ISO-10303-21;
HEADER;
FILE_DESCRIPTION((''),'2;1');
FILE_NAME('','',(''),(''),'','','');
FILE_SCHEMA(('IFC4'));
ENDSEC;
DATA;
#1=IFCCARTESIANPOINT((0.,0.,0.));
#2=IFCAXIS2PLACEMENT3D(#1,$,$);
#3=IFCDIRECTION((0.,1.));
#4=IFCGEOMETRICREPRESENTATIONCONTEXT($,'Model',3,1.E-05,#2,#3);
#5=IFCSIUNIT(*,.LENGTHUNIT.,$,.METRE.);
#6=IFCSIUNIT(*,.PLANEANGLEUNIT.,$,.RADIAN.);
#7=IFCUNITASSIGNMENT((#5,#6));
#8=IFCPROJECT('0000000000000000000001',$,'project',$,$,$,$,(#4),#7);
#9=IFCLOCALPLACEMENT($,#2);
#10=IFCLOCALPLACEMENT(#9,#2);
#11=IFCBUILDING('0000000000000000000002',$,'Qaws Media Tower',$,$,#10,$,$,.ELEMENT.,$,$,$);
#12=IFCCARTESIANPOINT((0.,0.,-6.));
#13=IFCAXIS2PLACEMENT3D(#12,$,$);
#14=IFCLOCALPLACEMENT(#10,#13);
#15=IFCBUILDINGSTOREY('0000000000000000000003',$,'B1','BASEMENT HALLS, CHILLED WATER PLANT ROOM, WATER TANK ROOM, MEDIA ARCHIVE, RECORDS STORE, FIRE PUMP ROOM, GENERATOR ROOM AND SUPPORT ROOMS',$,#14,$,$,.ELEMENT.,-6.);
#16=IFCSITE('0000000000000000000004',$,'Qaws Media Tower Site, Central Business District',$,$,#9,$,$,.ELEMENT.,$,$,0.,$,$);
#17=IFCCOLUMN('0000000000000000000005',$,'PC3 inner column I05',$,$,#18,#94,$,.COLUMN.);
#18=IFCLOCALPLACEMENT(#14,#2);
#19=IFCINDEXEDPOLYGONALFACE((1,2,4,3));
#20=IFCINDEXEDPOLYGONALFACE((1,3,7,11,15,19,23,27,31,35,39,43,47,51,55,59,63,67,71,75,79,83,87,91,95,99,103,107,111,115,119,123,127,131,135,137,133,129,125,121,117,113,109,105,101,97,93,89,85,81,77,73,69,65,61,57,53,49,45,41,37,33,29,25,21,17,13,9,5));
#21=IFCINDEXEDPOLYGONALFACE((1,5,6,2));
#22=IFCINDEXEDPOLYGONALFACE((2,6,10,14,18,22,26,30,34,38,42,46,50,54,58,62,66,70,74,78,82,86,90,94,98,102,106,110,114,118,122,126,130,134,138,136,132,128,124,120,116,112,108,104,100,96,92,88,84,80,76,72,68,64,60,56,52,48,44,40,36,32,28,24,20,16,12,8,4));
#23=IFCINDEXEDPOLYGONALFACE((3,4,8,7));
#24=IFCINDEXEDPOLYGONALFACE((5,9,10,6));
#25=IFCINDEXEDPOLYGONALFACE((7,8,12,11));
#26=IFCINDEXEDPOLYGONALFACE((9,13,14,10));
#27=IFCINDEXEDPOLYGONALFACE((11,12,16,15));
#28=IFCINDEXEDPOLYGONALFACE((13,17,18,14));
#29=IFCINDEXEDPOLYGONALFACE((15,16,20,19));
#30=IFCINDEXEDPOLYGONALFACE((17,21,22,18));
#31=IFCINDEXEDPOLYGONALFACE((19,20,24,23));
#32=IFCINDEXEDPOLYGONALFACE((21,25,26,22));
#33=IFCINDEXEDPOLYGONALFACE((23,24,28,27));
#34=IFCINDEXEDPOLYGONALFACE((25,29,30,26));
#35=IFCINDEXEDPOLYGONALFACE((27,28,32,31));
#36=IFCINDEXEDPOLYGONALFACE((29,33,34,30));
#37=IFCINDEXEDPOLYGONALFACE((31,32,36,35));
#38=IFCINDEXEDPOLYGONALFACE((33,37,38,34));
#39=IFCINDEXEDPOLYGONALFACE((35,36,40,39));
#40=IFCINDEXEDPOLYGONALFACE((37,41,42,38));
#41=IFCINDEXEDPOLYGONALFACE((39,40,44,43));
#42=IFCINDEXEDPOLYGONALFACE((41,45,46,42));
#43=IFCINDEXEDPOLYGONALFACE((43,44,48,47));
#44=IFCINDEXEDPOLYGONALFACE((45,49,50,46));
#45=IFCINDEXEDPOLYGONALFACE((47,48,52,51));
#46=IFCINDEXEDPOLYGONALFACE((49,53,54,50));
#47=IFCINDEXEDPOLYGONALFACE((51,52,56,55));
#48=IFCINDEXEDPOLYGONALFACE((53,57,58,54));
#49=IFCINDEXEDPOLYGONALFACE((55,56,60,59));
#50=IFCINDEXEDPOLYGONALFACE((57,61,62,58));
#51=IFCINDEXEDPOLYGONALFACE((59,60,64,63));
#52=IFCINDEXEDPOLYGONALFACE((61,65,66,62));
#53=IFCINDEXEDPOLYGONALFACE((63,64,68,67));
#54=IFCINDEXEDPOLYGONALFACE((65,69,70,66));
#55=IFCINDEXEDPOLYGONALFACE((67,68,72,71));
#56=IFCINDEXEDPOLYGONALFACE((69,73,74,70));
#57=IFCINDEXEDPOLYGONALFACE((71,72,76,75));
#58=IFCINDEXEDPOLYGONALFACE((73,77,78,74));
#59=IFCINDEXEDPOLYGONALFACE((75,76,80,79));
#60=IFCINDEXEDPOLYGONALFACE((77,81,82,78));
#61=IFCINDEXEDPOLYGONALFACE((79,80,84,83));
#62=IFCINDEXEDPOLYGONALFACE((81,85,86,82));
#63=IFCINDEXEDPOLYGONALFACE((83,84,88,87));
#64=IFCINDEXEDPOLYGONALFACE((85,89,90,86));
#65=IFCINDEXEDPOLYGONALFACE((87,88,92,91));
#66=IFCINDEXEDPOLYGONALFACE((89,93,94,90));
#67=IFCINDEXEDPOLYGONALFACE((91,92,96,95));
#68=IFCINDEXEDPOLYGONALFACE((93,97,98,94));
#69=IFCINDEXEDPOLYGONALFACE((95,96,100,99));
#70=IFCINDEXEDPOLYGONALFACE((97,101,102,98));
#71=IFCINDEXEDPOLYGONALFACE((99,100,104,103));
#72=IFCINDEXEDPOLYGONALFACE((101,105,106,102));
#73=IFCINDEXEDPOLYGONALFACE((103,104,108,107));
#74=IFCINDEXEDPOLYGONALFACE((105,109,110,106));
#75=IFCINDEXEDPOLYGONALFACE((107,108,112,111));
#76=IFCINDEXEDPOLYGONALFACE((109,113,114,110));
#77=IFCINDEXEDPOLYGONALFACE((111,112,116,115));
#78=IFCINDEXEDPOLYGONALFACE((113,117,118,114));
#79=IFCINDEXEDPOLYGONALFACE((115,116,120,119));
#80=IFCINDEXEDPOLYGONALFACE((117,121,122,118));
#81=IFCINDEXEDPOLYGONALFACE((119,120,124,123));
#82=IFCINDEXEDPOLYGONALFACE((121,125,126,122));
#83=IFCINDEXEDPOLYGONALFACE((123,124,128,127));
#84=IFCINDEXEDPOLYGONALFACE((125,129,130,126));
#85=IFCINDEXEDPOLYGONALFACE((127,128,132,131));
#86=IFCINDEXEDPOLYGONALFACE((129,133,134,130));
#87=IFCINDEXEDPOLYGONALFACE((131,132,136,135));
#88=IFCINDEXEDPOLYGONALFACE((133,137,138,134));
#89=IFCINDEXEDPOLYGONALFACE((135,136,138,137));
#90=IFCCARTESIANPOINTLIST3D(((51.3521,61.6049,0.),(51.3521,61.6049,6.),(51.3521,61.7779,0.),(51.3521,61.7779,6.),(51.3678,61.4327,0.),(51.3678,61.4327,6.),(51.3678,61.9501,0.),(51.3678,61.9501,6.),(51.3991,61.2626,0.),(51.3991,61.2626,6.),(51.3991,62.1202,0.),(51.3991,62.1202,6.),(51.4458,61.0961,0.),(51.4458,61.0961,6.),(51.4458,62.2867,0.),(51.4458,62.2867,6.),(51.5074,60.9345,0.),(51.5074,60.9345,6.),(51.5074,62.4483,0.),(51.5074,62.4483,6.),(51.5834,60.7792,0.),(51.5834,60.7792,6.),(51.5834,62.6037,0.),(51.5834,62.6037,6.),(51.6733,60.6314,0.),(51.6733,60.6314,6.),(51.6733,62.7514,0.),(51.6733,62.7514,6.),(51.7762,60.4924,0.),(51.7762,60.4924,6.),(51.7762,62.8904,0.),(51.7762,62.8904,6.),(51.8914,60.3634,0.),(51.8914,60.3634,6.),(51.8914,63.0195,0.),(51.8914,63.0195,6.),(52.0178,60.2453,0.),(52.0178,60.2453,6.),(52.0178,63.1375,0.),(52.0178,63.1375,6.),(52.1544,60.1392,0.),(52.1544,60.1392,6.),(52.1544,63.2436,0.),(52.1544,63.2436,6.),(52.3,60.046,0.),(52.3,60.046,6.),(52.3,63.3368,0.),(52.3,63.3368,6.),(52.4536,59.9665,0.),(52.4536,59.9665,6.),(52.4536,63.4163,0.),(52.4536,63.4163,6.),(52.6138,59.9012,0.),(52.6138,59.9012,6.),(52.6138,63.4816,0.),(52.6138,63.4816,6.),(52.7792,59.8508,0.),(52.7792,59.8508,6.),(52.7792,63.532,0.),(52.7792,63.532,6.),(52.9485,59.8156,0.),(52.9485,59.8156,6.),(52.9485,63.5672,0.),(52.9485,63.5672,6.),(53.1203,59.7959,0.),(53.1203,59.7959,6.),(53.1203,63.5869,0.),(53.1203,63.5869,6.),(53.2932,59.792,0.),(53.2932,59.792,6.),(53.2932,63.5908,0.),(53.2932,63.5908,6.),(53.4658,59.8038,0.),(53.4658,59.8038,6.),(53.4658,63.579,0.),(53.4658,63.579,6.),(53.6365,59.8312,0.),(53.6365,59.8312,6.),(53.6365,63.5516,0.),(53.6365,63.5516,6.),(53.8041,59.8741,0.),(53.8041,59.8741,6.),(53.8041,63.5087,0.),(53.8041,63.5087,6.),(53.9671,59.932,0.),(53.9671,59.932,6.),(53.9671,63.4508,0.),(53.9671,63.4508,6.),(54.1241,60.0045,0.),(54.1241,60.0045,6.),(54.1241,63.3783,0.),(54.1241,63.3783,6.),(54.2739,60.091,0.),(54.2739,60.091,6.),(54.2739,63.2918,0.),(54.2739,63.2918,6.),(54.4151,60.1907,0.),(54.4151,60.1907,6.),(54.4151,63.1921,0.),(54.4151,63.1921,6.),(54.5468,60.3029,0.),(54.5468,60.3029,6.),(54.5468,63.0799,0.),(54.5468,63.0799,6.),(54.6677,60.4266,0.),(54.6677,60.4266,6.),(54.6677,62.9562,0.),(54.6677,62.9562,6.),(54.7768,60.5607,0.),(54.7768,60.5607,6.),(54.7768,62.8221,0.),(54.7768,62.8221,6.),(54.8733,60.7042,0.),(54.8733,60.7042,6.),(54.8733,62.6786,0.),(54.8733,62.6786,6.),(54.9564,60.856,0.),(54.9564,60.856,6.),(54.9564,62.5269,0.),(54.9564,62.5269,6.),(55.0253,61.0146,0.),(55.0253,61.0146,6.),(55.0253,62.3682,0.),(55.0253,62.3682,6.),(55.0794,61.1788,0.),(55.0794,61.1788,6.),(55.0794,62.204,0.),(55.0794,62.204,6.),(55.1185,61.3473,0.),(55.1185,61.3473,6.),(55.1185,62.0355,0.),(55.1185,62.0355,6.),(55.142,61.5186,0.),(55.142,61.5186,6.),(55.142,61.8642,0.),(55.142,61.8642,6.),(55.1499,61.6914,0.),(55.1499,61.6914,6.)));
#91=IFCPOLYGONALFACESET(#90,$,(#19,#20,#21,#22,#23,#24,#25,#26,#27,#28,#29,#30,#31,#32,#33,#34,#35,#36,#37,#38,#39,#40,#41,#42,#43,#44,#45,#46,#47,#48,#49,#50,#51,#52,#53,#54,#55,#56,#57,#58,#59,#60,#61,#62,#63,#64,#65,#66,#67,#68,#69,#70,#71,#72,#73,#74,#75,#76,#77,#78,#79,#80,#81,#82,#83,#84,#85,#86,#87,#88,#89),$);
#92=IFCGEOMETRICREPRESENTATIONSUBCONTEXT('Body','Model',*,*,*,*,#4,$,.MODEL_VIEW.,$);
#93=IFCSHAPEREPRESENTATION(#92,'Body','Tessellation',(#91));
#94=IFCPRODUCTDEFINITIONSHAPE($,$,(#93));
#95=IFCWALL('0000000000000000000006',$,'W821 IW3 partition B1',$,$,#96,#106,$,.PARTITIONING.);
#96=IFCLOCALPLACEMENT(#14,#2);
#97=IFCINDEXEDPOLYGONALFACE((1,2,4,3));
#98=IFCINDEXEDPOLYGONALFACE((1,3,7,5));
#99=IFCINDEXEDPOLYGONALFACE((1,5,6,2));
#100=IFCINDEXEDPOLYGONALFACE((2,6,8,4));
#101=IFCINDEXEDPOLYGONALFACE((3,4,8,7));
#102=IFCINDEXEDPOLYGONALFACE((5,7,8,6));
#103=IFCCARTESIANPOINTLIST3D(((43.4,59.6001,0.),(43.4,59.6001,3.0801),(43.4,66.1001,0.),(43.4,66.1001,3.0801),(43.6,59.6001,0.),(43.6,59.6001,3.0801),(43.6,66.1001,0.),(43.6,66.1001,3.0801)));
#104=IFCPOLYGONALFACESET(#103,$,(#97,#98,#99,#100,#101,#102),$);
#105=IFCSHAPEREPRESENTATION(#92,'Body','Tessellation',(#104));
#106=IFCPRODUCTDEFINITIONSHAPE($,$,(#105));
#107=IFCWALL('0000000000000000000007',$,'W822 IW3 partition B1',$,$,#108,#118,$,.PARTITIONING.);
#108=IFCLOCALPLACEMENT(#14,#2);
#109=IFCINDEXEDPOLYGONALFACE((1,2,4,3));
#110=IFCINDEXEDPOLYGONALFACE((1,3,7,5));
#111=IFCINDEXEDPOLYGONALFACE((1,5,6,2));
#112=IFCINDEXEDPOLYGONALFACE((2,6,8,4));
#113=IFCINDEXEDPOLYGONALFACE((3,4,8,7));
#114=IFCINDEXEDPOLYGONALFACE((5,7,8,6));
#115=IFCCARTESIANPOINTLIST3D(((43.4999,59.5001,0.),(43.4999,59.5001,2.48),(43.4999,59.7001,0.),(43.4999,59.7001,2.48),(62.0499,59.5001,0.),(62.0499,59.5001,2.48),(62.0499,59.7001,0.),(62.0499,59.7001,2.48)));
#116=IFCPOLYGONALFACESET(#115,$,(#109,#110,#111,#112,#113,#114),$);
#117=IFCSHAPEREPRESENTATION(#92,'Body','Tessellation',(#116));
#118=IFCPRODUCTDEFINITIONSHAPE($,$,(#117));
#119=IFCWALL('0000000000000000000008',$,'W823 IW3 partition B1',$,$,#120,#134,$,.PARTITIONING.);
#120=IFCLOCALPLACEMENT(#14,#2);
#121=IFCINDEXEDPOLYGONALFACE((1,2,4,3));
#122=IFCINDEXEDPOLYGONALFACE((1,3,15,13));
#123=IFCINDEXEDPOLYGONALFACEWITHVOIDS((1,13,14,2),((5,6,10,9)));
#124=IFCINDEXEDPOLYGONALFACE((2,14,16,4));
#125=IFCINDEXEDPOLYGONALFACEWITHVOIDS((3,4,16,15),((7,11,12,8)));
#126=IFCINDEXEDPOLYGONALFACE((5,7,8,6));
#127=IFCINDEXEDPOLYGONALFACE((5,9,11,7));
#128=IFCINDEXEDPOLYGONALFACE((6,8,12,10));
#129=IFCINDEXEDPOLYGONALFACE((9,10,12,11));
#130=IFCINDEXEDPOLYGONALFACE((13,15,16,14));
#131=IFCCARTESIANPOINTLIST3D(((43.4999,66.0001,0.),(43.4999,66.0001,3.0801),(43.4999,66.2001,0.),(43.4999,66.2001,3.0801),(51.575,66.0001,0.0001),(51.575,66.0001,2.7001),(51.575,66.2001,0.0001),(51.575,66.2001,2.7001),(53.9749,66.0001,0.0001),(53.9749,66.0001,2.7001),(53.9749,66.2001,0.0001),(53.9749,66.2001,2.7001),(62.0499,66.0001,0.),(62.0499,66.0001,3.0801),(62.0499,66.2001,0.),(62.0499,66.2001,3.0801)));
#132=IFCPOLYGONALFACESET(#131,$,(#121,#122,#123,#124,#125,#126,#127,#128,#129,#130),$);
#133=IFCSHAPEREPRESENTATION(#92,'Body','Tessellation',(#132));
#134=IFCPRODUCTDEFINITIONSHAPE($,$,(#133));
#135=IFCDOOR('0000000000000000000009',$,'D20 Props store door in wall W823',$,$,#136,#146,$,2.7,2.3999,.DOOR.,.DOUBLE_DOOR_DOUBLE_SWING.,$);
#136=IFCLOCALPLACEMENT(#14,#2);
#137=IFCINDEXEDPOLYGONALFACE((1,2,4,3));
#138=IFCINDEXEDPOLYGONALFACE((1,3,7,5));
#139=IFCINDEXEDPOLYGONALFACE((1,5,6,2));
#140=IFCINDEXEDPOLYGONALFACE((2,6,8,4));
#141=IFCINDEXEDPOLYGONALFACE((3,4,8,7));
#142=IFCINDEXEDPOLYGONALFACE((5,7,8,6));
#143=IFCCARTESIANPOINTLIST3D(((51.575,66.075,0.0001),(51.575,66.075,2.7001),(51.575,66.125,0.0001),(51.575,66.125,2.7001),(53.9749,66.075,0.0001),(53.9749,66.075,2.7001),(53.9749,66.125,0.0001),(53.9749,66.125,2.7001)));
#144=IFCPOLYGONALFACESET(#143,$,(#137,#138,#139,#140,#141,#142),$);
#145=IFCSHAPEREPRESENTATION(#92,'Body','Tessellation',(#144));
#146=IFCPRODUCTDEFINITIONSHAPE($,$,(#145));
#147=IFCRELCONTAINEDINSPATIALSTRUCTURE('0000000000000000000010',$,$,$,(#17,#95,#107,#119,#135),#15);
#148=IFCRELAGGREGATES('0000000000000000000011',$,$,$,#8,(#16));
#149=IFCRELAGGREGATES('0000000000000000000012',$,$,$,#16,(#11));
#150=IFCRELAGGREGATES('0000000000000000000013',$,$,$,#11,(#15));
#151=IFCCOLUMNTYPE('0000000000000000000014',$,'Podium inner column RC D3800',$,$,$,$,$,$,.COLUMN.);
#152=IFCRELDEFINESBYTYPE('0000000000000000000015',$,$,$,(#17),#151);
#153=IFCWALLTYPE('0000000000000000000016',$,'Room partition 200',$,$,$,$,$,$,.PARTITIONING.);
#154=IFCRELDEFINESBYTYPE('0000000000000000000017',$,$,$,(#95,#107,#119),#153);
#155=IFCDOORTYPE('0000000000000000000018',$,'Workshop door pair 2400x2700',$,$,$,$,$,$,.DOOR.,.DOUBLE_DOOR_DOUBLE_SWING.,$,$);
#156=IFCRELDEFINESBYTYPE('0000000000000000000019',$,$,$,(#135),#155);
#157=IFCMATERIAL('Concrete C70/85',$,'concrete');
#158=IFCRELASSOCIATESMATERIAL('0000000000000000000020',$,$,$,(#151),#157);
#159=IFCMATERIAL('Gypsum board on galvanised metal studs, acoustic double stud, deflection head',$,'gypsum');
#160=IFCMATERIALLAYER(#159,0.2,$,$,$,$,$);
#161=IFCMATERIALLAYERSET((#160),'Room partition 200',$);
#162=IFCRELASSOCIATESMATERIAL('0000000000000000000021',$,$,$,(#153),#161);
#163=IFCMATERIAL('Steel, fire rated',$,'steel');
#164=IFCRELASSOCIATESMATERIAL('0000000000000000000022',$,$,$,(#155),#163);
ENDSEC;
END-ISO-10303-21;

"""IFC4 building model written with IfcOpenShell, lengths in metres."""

from ifc_helpers import new_model, si_unit, direction, frame, frame_2d, origin, origin_2d, place, context, subcontext, project, spatial, rectangle, circle, extrude, material, layer, layer_set, material_profile, profile_set, type_object, element, fill, save


model = new_model("IFC4")

# Units and contexts
model_context = context("Model", 3, precision=1e-05, world=origin(), true_north=direction((0.0, 1.0)))
body_context = subcontext(model_context, "Body", "Model", "MODEL_VIEW")
ifc_project = project(units=[si_unit("LENGTHUNIT", "METRE"), si_unit("PLANEANGLEUNIT", "RADIAN")], contexts=[model_context])

# Site, building, storey
site_placement = place(None, origin())
site = spatial("IfcSite", under=ifc_project, at=site_placement, Name="Qaws Media Tower Site, Central Business District", CompositionType="ELEMENT", RefElevation=0.0)
building_placement = place(site_placement, origin())
building = spatial("IfcBuilding", under=site, at=building_placement, Name="Qaws Media Tower", CompositionType="ELEMENT")
storey_placement = place(building_placement, frame((0.0, 0.0, -6.0)))
storey = spatial("IfcBuildingStorey", under=building, at=storey_placement, Name="B1", Description="BASEMENT HALLS, CHILLED WATER PLANT ROOM, WATER TANK ROOM, MEDIA ARCHIVE, RECORDS STORE, FIRE PUMP ROOM, GENERATOR ROOM AND SUPPORT ROOMS", CompositionType="ELEMENT", Elevation=-6.0)

# Column
ifc_material_1 = material(Name="Concrete C70/85", Category="concrete")
ifc_material_profile_1 = material_profile(ifc_material_1, circle(Radius=1.8999, at=origin_2d()), Name="RC D3800")
ifc_profile_set_1 = profile_set([ifc_material_profile_1], Name="Concrete C70/85")
column_type_1 = type_object("IfcColumnType", Name="Podium inner column RC D3800", PredefinedType="COLUMN", material=ifc_profile_set_1)
column_1_placement = place(storey_placement, frame((53.25, 61.6914, 0.0), z_axis=(0.0, 0.0, 1.0), x_axis=(1.0, 0.0, 0.0)))
element("IfcColumn", 1, at=column_1_placement, inside=storey, type_object=column_type_1, Name="PC3 inner column I05", PredefinedType="COLUMN", context=body_context, shape_type="SweptSolid", body=[
    extrude(circle(Radius=1.8999, at=origin_2d()), origin(), (0.0, 0.0, 1.0), 6.0),
])

# Walls
ifc_material_2 = material(Name="Gypsum board on galvanised metal studs, acoustic double stud, deflection head", Category="gypsum")
ifc_layer = layer(ifc_material_2, 0.2)
ifc_layer_set = layer_set([ifc_layer], Name="Room partition 200")
wall_type = type_object("IfcWallType", Name="Room partition 200", PredefinedType="PARTITIONING", material=ifc_layer_set)
wall_1_placement = place(storey_placement, frame((43.5, 59.6001, 0.0), z_axis=(0.0, 0.0, 1.0), x_axis=(0.0, 1.0, 0.0)))
element("IfcWall", 2, at=wall_1_placement, inside=storey, type_object=wall_type, Name="W821 IW3 partition B1", PredefinedType="PARTITIONING", context=body_context, shape_type="SweptSolid", body=[
    extrude(rectangle(XDim=6.5, YDim=0.2, at=frame_2d((3.25, 0.0))), origin(), (0.0, 0.0, 1.0), 3.0801),
])
wall_2_placement = place(storey_placement, frame((43.5, 59.6001, 0.0), z_axis=(0.0, 0.0, 1.0), x_axis=(1.0, 0.0, 0.0)))
element("IfcWall", 3, at=wall_2_placement, inside=storey, type_object=wall_type, Name="W822 IW3 partition B1", PredefinedType="PARTITIONING", context=body_context, shape_type="SweptSolid", body=[
    extrude(rectangle(XDim=18.55, YDim=0.2, at=frame_2d((9.2749, 0.0))), origin(), (0.0, 0.0, 1.0), 2.48),
])

# Wall, opening, door
wall_3_placement = place(storey_placement, frame((43.5, 66.1001, 0.0), z_axis=(0.0, 0.0, 1.0), x_axis=(1.0, 0.0, 0.0)))
wall_3 = element("IfcWall", 4, at=wall_3_placement, inside=storey, type_object=wall_type, Name="W823 IW3 partition B1", PredefinedType="PARTITIONING", context=body_context, shape_type="SweptSolid", body=[
    extrude(rectangle(XDim=18.55, YDim=0.2, at=frame_2d((9.2749, 0.0))), origin(), (0.0, 0.0, 1.0), 3.0801),
])
opening_placement = place(wall_3_placement, frame((8.075, 0.0, 0.0)))
opening = element("IfcOpeningElement", 5, at=opening_placement, cuts=wall_3, PredefinedType="OPENING", context=body_context, shape_type="SweptSolid", body=[
    extrude(rectangle(XDim=2.3999, YDim=2.7, at=frame_2d((1.2, 1.3501))), frame((0.0, 0.1099, 0.0), z_axis=(0.0, -1.0, 0.0), x_axis=(1.0, 0.0, 0.0)), (0.0, 0.0, 1.0), 0.22),
])
ifc_material_3 = material(Name="Steel, fire rated", Category="steel")
door_type = type_object("IfcDoorType", Name="Workshop door pair 2400x2700", OperationType="DOUBLE_DOOR_DOUBLE_SWING", PredefinedType="DOOR", material=ifc_material_3)
door_placement = place(opening_placement, origin())
door = element("IfcDoor", 6, at=door_placement, inside=storey, type_object=door_type, Name="D20 Props store door in wall W823", OperationType="DOUBLE_DOOR_DOUBLE_SWING", OverallHeight=2.7, OverallWidth=2.3999, PredefinedType="DOOR", context=body_context, shape_type="SweptSolid", body=[
    extrude(rectangle(XDim=2.3999, YDim=2.7, at=frame_2d((1.2, 1.3501))), frame((0.0, 0.0249, 0.0), z_axis=(0.0, -1.0, 0.0), x_axis=(1.0, 0.0, 0.0)), (0.0, 0.0, 1.0), 0.05),
])
fill(opening, door)

save(model, "model.ifc")
